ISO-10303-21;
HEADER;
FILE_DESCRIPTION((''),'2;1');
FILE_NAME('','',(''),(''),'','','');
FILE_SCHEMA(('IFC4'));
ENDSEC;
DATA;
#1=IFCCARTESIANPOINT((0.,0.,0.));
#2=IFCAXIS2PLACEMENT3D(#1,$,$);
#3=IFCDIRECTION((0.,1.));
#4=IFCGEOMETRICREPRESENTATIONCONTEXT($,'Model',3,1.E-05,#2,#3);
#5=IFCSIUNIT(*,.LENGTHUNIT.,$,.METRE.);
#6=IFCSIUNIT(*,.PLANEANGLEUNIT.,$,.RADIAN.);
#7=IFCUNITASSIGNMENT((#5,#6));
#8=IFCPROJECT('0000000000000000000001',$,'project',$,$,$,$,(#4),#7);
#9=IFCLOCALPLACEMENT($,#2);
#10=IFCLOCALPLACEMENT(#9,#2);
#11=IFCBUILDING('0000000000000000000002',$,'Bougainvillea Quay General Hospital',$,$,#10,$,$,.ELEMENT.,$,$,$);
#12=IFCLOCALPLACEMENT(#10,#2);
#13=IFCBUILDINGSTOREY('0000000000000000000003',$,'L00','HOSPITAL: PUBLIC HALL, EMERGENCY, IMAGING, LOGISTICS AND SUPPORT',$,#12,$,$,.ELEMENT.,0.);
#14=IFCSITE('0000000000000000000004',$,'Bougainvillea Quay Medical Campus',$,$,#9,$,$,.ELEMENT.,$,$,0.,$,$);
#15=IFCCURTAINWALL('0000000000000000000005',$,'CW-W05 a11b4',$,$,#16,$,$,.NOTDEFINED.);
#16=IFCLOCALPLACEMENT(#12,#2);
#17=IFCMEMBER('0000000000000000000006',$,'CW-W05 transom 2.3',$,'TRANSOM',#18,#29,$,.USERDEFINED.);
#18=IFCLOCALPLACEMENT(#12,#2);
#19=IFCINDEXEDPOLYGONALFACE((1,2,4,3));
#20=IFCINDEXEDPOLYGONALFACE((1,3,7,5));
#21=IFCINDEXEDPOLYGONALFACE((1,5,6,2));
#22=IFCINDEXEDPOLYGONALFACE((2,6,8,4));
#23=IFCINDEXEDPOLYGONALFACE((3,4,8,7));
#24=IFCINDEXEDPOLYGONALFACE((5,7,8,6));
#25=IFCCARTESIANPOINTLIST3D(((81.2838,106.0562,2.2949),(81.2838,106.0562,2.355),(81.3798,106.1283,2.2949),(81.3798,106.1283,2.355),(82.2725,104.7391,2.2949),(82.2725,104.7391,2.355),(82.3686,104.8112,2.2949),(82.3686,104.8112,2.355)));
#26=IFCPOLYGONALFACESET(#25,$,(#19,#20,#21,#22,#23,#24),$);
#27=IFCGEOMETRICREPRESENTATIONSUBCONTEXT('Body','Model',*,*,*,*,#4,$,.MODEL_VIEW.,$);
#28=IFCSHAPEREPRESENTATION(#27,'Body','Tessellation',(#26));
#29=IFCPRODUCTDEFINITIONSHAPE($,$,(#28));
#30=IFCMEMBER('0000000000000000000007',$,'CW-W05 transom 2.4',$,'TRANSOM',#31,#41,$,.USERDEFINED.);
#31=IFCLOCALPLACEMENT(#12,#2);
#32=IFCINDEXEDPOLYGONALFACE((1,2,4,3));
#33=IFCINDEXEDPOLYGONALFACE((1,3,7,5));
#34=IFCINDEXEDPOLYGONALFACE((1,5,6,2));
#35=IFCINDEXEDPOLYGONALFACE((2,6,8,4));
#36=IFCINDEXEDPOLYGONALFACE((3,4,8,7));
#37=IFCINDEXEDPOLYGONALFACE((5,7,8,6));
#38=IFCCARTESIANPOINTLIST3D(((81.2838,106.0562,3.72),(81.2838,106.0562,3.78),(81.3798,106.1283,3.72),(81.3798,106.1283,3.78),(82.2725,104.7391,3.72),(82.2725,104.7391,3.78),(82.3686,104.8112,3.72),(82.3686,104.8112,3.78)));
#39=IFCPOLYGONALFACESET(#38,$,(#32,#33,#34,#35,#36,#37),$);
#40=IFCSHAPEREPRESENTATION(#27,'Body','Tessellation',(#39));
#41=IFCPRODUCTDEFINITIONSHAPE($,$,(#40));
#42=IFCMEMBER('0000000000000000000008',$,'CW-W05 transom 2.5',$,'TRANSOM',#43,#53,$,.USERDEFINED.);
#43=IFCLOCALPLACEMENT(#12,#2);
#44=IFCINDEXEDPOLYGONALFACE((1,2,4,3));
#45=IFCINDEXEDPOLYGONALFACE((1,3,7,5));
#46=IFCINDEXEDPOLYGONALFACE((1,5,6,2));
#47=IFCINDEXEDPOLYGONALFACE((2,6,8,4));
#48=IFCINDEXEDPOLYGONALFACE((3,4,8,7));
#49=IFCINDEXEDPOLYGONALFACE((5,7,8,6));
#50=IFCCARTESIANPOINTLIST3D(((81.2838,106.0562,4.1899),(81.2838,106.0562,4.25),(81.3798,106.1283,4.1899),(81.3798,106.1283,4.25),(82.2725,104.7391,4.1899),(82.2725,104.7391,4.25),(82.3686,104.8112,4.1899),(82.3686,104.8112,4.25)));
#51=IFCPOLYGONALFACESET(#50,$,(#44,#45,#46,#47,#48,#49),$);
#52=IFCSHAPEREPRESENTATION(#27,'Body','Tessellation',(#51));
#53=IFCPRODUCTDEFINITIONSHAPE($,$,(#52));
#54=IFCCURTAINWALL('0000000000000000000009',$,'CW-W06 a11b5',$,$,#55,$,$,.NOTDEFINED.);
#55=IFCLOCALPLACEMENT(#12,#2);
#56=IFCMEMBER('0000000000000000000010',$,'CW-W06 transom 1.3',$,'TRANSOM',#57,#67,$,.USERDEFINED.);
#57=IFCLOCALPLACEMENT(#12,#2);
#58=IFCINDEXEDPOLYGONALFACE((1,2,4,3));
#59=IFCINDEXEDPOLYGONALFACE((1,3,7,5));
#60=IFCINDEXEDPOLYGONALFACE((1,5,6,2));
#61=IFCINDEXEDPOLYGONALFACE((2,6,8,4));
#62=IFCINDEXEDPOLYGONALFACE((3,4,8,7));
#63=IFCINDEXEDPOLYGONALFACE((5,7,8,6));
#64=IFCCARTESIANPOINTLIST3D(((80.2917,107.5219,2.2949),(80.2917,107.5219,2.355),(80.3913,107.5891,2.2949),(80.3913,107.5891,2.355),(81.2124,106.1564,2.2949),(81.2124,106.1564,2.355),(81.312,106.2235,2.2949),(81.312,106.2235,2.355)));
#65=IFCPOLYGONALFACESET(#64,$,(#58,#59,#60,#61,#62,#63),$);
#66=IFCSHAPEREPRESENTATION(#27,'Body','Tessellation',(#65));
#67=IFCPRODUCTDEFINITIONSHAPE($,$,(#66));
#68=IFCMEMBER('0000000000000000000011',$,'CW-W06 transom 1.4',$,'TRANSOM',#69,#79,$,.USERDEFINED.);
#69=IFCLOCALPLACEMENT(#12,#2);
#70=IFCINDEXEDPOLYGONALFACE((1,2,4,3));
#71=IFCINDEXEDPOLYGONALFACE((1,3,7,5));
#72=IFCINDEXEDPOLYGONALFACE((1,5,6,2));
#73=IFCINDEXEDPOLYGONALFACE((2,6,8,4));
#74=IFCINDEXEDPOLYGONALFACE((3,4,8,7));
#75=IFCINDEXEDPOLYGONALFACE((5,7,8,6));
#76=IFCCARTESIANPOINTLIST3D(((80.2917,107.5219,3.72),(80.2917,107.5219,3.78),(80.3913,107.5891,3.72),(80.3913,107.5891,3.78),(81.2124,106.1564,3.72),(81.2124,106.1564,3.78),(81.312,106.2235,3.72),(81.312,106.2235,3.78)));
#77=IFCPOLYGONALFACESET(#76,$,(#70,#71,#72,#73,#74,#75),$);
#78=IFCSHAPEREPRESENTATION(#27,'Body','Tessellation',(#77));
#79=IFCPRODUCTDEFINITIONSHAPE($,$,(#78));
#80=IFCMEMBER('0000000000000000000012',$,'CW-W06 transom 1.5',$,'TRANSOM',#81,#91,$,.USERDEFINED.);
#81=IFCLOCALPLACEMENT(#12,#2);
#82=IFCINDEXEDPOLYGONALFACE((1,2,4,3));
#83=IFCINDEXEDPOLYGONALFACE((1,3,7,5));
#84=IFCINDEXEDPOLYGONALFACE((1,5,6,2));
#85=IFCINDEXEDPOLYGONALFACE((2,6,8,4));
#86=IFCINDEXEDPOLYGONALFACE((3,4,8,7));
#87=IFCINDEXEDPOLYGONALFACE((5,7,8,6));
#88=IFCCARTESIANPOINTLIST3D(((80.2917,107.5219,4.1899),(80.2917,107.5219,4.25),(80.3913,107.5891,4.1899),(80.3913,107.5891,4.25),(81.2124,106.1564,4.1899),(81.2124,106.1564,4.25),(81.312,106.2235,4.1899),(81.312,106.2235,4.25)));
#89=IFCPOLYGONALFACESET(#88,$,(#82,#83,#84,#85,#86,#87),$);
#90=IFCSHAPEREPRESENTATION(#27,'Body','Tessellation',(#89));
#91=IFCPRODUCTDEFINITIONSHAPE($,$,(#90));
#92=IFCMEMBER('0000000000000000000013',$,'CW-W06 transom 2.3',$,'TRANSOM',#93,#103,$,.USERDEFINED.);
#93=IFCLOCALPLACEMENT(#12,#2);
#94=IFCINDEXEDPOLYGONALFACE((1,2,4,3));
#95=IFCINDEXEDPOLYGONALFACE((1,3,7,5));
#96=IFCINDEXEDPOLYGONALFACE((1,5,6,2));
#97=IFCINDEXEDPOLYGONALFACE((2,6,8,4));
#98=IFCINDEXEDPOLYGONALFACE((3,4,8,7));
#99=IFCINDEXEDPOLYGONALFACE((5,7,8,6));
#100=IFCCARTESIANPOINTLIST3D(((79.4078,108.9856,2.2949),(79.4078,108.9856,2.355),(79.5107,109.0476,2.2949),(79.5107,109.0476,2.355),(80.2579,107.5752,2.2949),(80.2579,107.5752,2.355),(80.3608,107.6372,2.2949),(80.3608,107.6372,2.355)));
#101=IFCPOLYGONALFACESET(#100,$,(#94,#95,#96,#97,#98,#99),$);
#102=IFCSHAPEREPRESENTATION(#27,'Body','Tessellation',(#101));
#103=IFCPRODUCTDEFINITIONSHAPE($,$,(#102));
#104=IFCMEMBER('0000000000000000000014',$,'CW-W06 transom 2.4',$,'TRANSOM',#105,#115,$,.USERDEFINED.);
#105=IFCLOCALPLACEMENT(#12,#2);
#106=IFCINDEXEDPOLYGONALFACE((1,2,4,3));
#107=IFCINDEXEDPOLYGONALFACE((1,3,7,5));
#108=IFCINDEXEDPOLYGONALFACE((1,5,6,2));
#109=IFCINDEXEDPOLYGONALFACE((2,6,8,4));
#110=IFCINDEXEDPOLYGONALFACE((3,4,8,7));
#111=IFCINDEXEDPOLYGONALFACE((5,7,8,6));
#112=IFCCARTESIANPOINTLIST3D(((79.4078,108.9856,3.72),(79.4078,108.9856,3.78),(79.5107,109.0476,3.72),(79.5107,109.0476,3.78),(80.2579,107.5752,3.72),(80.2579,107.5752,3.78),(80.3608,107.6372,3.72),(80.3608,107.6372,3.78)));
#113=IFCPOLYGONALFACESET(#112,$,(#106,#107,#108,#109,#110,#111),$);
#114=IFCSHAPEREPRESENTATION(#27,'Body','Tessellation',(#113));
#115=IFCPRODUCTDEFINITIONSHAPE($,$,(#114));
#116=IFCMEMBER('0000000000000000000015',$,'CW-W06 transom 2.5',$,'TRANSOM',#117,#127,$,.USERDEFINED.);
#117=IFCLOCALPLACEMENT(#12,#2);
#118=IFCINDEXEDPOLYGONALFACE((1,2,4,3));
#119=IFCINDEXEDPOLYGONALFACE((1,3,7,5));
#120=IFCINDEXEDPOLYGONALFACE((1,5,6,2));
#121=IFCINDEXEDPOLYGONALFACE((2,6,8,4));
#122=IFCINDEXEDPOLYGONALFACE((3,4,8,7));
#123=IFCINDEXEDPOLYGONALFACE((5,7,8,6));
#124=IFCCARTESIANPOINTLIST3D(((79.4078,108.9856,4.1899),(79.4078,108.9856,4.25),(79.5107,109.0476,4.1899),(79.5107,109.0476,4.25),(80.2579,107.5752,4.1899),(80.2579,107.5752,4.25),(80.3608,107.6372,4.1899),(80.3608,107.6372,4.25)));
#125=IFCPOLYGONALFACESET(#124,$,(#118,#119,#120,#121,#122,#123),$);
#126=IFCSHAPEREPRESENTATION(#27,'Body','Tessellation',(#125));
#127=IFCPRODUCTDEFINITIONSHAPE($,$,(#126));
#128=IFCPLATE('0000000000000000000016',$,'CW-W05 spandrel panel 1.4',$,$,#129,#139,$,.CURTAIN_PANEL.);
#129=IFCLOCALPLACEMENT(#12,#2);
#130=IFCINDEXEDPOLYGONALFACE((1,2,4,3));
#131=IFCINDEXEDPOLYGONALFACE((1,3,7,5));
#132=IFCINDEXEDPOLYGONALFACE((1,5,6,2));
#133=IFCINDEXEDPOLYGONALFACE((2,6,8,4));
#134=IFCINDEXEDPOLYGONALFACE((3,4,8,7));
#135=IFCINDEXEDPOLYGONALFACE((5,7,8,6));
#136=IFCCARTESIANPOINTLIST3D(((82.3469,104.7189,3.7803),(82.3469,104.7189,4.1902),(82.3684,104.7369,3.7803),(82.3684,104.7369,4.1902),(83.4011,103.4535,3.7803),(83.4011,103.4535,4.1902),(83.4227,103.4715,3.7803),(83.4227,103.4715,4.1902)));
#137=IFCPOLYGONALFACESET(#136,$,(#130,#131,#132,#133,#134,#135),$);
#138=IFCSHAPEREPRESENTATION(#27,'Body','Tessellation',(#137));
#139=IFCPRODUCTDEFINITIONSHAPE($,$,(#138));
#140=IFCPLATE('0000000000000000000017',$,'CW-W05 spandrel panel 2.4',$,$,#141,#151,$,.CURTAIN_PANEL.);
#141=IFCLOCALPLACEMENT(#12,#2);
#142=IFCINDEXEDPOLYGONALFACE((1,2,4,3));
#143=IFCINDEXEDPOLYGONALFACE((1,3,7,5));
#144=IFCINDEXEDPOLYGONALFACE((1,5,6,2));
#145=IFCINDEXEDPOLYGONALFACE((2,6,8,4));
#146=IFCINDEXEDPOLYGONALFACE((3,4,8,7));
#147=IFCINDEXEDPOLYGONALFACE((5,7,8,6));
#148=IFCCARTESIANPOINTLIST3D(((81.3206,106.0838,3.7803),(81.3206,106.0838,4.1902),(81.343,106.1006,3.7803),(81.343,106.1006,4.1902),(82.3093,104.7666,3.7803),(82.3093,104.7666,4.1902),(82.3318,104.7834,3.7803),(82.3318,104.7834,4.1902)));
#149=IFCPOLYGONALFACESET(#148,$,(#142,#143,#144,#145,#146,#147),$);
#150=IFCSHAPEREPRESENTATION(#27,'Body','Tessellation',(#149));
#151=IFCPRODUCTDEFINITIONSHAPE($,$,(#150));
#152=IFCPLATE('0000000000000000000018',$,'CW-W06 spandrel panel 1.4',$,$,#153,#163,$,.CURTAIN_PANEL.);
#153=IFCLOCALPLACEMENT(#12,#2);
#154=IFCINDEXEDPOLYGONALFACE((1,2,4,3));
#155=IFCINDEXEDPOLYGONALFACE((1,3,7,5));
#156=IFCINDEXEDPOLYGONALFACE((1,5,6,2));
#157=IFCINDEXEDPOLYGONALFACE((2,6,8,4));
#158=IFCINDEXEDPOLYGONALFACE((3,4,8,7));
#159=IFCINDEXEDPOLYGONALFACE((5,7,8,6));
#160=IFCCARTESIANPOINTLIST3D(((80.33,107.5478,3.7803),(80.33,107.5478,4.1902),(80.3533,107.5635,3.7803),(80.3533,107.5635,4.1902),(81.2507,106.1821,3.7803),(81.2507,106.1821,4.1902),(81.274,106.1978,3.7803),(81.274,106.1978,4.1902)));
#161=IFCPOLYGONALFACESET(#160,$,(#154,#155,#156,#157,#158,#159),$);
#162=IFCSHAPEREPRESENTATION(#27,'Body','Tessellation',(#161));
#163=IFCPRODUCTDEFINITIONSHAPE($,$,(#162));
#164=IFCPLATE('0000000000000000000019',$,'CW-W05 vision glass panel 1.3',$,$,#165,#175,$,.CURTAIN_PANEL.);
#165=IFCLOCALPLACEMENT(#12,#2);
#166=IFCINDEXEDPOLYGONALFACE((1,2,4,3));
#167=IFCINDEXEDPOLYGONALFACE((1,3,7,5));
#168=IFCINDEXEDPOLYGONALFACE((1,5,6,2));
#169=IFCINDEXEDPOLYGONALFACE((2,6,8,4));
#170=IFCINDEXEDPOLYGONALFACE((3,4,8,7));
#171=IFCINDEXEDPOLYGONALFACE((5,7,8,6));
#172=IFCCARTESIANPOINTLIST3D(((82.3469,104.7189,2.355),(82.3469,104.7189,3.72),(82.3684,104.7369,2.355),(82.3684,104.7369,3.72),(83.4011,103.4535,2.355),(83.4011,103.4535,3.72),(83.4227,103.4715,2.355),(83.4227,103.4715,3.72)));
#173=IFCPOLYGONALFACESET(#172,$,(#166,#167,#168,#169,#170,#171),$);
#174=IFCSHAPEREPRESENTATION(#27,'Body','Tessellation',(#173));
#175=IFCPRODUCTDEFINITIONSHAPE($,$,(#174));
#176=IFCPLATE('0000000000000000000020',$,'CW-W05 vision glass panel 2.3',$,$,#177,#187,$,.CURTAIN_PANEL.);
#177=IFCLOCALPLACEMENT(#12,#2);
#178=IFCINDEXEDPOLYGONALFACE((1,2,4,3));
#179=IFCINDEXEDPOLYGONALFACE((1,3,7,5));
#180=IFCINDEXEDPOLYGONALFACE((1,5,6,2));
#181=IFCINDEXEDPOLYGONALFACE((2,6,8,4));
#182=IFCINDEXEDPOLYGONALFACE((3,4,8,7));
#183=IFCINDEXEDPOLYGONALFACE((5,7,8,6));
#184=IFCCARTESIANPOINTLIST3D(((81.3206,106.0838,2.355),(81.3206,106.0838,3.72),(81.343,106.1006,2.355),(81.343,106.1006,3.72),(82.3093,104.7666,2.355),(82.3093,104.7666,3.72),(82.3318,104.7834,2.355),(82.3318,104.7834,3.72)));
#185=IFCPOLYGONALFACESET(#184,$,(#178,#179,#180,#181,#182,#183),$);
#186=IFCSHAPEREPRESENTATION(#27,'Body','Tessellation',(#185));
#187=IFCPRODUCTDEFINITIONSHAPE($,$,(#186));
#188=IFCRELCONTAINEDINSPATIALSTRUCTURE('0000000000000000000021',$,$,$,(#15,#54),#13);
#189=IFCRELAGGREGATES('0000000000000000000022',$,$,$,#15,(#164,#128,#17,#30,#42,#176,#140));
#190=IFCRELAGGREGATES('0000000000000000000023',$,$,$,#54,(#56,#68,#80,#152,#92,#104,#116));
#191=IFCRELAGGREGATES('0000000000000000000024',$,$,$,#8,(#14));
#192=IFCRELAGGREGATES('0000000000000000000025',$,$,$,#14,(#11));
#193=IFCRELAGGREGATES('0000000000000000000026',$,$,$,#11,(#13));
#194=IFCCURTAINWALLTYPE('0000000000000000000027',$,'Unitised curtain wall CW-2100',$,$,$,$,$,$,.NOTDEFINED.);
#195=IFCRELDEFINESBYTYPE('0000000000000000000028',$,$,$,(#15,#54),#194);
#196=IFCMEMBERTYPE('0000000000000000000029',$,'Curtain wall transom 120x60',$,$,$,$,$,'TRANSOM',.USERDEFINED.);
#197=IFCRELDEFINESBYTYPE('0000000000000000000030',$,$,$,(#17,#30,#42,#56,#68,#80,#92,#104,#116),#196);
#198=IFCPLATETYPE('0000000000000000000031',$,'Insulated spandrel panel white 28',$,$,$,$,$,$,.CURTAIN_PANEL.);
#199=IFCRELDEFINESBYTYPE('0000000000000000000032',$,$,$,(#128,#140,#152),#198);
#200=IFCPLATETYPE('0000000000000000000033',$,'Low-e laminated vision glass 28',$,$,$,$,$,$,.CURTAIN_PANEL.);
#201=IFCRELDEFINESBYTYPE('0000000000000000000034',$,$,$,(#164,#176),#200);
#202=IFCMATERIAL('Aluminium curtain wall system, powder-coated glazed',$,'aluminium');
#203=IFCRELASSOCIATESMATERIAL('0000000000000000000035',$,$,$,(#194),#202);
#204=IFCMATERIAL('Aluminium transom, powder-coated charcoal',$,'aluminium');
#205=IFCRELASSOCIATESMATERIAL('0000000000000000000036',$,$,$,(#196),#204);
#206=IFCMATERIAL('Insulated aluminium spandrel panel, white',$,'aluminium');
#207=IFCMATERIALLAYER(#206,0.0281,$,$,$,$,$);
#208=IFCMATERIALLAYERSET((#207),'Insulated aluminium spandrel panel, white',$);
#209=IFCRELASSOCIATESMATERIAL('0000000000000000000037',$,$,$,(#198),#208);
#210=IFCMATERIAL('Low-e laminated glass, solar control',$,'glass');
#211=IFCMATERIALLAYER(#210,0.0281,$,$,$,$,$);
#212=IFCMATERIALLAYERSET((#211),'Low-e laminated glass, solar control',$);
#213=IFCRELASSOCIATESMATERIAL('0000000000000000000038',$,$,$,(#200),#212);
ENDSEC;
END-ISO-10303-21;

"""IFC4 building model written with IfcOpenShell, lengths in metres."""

from ifc_helpers import new_model, si_unit, direction, frame, origin, origin_2d, place, context, subcontext, project, spatial, rectangle, extrude, material, layer, layer_set, material_profile, profile_set, type_object, element, aggregate, save


model = new_model("IFC4")

# Units and contexts
model_context = context("Model", 3, precision=1e-05, world=origin(), true_north=direction((0.0, 1.0)))
body_context = subcontext(model_context, "Body", "Model", "MODEL_VIEW")
ifc_project = project(units=[si_unit("LENGTHUNIT", "METRE"), si_unit("PLANEANGLEUNIT", "RADIAN")], contexts=[model_context])

# Site, building, storey
site_placement = place(None, origin())
site = spatial("IfcSite", under=ifc_project, at=site_placement, Name="Bougainvillea Quay Medical Campus", CompositionType="ELEMENT", RefElevation=0.0)
building_placement = place(site_placement, origin())
building = spatial("IfcBuilding", under=site, at=building_placement, Name="Bougainvillea Quay General Hospital", CompositionType="ELEMENT")
storey_placement = place(building_placement, origin())
storey = spatial("IfcBuildingStorey", under=building, at=storey_placement, Name="L00", Description="HOSPITAL: PUBLIC HALL, EMERGENCY, IMAGING, LOGISTICS AND SUPPORT", CompositionType="ELEMENT", Elevation=0.0)

# Curtain walls, members
ifc_material_1 = material(Name="Aluminium curtain wall system, powder-coated glazed", Category="aluminium")
curtain_wall_type = type_object("IfcCurtainWallType", Name="Unitised curtain wall CW-2100", PredefinedType="NOTDEFINED", material=ifc_material_1)
curtain_wall_1_placement = place(storey_placement, origin())
curtain_wall_1 = element("IfcCurtainWall", 1, at=curtain_wall_1_placement, inside=storey, type_object=curtain_wall_type, Name="CW-W05 a11b4", PredefinedType="NOTDEFINED")
ifc_material_2 = material(Name="Aluminium transom, powder-coated charcoal", Category="aluminium")
ifc_material_profile_1 = material_profile(ifc_material_2, rectangle(XDim=0.1201, YDim=0.0601, at=origin_2d()))
ifc_profile_set_1 = profile_set([ifc_material_profile_1], Name="Aluminium transom, powder-coated charcoal")
member_type = type_object("IfcMemberType", Name="Curtain wall transom 120x60", ElementType="TRANSOM", PredefinedType="USERDEFINED", material=ifc_profile_set_1)
member_1_placement = place(storey_placement, frame((82.3206, 104.7751, 2.325), z_axis=(-0.600356, 0.799733, 0.0), x_axis=(-0.799733, -0.600356, 0.0)))
member_1 = element("IfcMember", 2, at=member_1_placement, type_object=member_type, Name="CW-W05 transom 2.3", ObjectType="TRANSOM", PredefinedType="USERDEFINED", context=body_context, shape_type="SweptSolid", body=[
    extrude(rectangle(XDim=0.1201, YDim=0.0601, at=origin_2d()), origin(), (0.0, 0.0, 1.0), 1.647),
])
member_2_placement = place(storey_placement, frame((82.3206, 104.7751, 3.75), z_axis=(-0.600356, 0.799733, 0.0), x_axis=(-0.799733, -0.600356, 0.0)))
member_2 = element("IfcMember", 3, at=member_2_placement, type_object=member_type, Name="CW-W05 transom 2.4", ObjectType="TRANSOM", PredefinedType="USERDEFINED", context=body_context, shape_type="SweptSolid", body=[
    extrude(rectangle(XDim=0.1201, YDim=0.0601, at=origin_2d()), origin(), (0.0, 0.0, 1.0), 1.647),
])
member_3_placement = place(storey_placement, frame((82.3206, 104.7751, 4.22), z_axis=(-0.600356, 0.799733, 0.0), x_axis=(-0.799733, -0.600356, 0.0)))
member_3 = element("IfcMember", 4, at=member_3_placement, type_object=member_type, Name="CW-W05 transom 2.5", ObjectType="TRANSOM", PredefinedType="USERDEFINED", context=body_context, shape_type="SweptSolid", body=[
    extrude(rectangle(XDim=0.1201, YDim=0.0601, at=origin_2d()), origin(), (0.0, 0.0, 1.0), 1.647),
])
curtain_wall_2_placement = place(storey_placement, origin())
curtain_wall_2 = element("IfcCurtainWall", 5, at=curtain_wall_2_placement, inside=storey, type_object=curtain_wall_type, Name="CW-W06 a11b5", PredefinedType="NOTDEFINED")
member_4_placement = place(storey_placement, frame((81.2622, 106.1899, 2.325), z_axis=(-0.559037, 0.829142, 0.0), x_axis=(-0.829142, -0.559037, 0.0)))
member_4 = element("IfcMember", 6, at=member_4_placement, type_object=member_type, Name="CW-W06 transom 1.3", ObjectType="TRANSOM", PredefinedType="USERDEFINED", context=body_context, shape_type="SweptSolid", body=[
    extrude(rectangle(XDim=0.1201, YDim=0.0601, at=origin_2d()), origin(), (0.0, 0.0, 1.0), 1.647),
])
member_5_placement = place(storey_placement, frame((81.2622, 106.1899, 3.75), z_axis=(-0.559037, 0.829142, 0.0), x_axis=(-0.829142, -0.559037, 0.0)))
member_5 = element("IfcMember", 7, at=member_5_placement, type_object=member_type, Name="CW-W06 transom 1.4", ObjectType="TRANSOM", PredefinedType="USERDEFINED", context=body_context, shape_type="SweptSolid", body=[
    extrude(rectangle(XDim=0.1201, YDim=0.0601, at=origin_2d()), origin(), (0.0, 0.0, 1.0), 1.647),
])
member_6_placement = place(storey_placement, frame((81.2622, 106.1899, 4.22), z_axis=(-0.559037, 0.829142, 0.0), x_axis=(-0.829142, -0.559037, 0.0)))
member_6 = element("IfcMember", 8, at=member_6_placement, type_object=member_type, Name="CW-W06 transom 1.5", ObjectType="TRANSOM", PredefinedType="USERDEFINED", context=body_context, shape_type="SweptSolid", body=[
    extrude(rectangle(XDim=0.1201, YDim=0.0601, at=origin_2d()), origin(), (0.0, 0.0, 1.0), 1.647),
])
member_7_placement = place(storey_placement, frame((80.3093, 107.6062, 2.325), z_axis=(-0.516217, 0.856458, 0.0), x_axis=(-0.856458, -0.516217, 0.0)))
member_7 = element("IfcMember", 9, at=member_7_placement, type_object=member_type, Name="CW-W06 transom 2.3", ObjectType="TRANSOM", PredefinedType="USERDEFINED", context=body_context, shape_type="SweptSolid", body=[
    extrude(rectangle(XDim=0.1201, YDim=0.0601, at=origin_2d()), origin(), (0.0, 0.0, 1.0), 1.6467),
])
member_8_placement = place(storey_placement, frame((80.3093, 107.6062, 3.75), z_axis=(-0.516217, 0.856458, 0.0), x_axis=(-0.856458, -0.516217, 0.0)))
member_8 = element("IfcMember", 10, at=member_8_placement, type_object=member_type, Name="CW-W06 transom 2.4", ObjectType="TRANSOM", PredefinedType="USERDEFINED", context=body_context, shape_type="SweptSolid", body=[
    extrude(rectangle(XDim=0.1201, YDim=0.0601, at=origin_2d()), origin(), (0.0, 0.0, 1.0), 1.6467),
])
member_9_placement = place(storey_placement, frame((80.3093, 107.6062, 4.22), z_axis=(-0.516217, 0.856458, 0.0), x_axis=(-0.856458, -0.516217, 0.0)))
member_9 = element("IfcMember", 11, at=member_9_placement, type_object=member_type, Name="CW-W06 transom 2.5", ObjectType="TRANSOM", PredefinedType="USERDEFINED", context=body_context, shape_type="SweptSolid", body=[
    extrude(rectangle(XDim=0.1201, YDim=0.0601, at=origin_2d()), origin(), (0.0, 0.0, 1.0), 1.6467),
])

# Plates
ifc_material_3 = material(Name="Insulated aluminium spandrel panel, white", Category="aluminium")
ifc_layer_1 = layer(ifc_material_3, 0.0281)
ifc_layer_set_1 = layer_set([ifc_layer_1], Name="Insulated aluminium spandrel panel, white")
plate_type_1 = type_object("IfcPlateType", Name="Insulated spandrel panel white 28", PredefinedType="CURTAIN_PANEL", material=ifc_layer_set_1)
plate_1_placement = place(storey_placement, frame((82.8848, 104.0952, 3.7803), z_axis=(0.0, 0.0, 1.0), x_axis=(-0.640096, 0.768295, 0.0)))
plate_1 = element("IfcPlate", 12, at=plate_1_placement, type_object=plate_type_1, Name="CW-W05 spandrel panel 1.4", PredefinedType="CURTAIN_PANEL", context=body_context, shape_type="SweptSolid", body=[
    extrude(rectangle(XDim=1.647, YDim=0.0281, at=origin_2d()), origin(), (0.0, 0.0, 1.0), 0.4099),
])
plate_2_placement = place(storey_placement, frame((81.8262, 105.4336, 3.7803), z_axis=(0.0, 0.0, 1.0), x_axis=(-0.600323, 0.799758, 0.0)))
plate_2 = element("IfcPlate", 13, at=plate_2_placement, type_object=plate_type_1, Name="CW-W05 spandrel panel 2.4", PredefinedType="CURTAIN_PANEL", context=body_context, shape_type="SweptSolid", body=[
    extrude(rectangle(XDim=1.647, YDim=0.0281, at=origin_2d()), origin(), (0.0, 0.0, 1.0), 0.4099),
])
plate_3_placement = place(storey_placement, frame((80.802, 106.8728, 3.7803), z_axis=(0.0, 0.0, 1.0), x_axis=(-0.559005, 0.829164, 0.0)))
plate_3 = element("IfcPlate", 14, at=plate_3_placement, type_object=plate_type_1, Name="CW-W06 spandrel panel 1.4", PredefinedType="CURTAIN_PANEL", context=body_context, shape_type="SweptSolid", body=[
    extrude(rectangle(XDim=1.647, YDim=0.0281, at=origin_2d()), origin(), (0.0, 0.0, 1.0), 0.4099),
])
ifc_material_4 = material(Name="Low-e laminated glass, solar control", Category="glass")
ifc_layer_2 = layer(ifc_material_4, 0.0281)
ifc_layer_set_2 = layer_set([ifc_layer_2], Name="Low-e laminated glass, solar control")
plate_type_2 = type_object("IfcPlateType", Name="Low-e laminated vision glass 28", PredefinedType="CURTAIN_PANEL", material=ifc_layer_set_2)
plate_4_placement = place(storey_placement, frame((82.8848, 104.0952, 2.355), z_axis=(0.0, 0.0, 1.0), x_axis=(-0.640096, 0.768295, 0.0)))
plate_4 = element("IfcPlate", 15, at=plate_4_placement, type_object=plate_type_2, Name="CW-W05 vision glass panel 1.3", PredefinedType="CURTAIN_PANEL", context=body_context, shape_type="SweptSolid", body=[
    extrude(rectangle(XDim=1.647, YDim=0.0281, at=origin_2d()), origin(), (0.0, 0.0, 1.0), 1.365),
])
plate_5_placement = place(storey_placement, frame((81.8262, 105.4336, 2.355), z_axis=(0.0, 0.0, 1.0), x_axis=(-0.600323, 0.799758, 0.0)))
plate_5 = element("IfcPlate", 16, at=plate_5_placement, type_object=plate_type_2, Name="CW-W05 vision glass panel 2.3", PredefinedType="CURTAIN_PANEL", context=body_context, shape_type="SweptSolid", body=[
    extrude(rectangle(XDim=1.647, YDim=0.0281, at=origin_2d()), origin(), (0.0, 0.0, 1.0), 1.365),
])
aggregate(curtain_wall_1, [plate_4, plate_1, member_1, member_2, member_3, plate_5, plate_2])
aggregate(curtain_wall_2, [member_4, member_5, member_6, plate_3, member_7, member_8, member_9])

save(model, "model.ifc")
